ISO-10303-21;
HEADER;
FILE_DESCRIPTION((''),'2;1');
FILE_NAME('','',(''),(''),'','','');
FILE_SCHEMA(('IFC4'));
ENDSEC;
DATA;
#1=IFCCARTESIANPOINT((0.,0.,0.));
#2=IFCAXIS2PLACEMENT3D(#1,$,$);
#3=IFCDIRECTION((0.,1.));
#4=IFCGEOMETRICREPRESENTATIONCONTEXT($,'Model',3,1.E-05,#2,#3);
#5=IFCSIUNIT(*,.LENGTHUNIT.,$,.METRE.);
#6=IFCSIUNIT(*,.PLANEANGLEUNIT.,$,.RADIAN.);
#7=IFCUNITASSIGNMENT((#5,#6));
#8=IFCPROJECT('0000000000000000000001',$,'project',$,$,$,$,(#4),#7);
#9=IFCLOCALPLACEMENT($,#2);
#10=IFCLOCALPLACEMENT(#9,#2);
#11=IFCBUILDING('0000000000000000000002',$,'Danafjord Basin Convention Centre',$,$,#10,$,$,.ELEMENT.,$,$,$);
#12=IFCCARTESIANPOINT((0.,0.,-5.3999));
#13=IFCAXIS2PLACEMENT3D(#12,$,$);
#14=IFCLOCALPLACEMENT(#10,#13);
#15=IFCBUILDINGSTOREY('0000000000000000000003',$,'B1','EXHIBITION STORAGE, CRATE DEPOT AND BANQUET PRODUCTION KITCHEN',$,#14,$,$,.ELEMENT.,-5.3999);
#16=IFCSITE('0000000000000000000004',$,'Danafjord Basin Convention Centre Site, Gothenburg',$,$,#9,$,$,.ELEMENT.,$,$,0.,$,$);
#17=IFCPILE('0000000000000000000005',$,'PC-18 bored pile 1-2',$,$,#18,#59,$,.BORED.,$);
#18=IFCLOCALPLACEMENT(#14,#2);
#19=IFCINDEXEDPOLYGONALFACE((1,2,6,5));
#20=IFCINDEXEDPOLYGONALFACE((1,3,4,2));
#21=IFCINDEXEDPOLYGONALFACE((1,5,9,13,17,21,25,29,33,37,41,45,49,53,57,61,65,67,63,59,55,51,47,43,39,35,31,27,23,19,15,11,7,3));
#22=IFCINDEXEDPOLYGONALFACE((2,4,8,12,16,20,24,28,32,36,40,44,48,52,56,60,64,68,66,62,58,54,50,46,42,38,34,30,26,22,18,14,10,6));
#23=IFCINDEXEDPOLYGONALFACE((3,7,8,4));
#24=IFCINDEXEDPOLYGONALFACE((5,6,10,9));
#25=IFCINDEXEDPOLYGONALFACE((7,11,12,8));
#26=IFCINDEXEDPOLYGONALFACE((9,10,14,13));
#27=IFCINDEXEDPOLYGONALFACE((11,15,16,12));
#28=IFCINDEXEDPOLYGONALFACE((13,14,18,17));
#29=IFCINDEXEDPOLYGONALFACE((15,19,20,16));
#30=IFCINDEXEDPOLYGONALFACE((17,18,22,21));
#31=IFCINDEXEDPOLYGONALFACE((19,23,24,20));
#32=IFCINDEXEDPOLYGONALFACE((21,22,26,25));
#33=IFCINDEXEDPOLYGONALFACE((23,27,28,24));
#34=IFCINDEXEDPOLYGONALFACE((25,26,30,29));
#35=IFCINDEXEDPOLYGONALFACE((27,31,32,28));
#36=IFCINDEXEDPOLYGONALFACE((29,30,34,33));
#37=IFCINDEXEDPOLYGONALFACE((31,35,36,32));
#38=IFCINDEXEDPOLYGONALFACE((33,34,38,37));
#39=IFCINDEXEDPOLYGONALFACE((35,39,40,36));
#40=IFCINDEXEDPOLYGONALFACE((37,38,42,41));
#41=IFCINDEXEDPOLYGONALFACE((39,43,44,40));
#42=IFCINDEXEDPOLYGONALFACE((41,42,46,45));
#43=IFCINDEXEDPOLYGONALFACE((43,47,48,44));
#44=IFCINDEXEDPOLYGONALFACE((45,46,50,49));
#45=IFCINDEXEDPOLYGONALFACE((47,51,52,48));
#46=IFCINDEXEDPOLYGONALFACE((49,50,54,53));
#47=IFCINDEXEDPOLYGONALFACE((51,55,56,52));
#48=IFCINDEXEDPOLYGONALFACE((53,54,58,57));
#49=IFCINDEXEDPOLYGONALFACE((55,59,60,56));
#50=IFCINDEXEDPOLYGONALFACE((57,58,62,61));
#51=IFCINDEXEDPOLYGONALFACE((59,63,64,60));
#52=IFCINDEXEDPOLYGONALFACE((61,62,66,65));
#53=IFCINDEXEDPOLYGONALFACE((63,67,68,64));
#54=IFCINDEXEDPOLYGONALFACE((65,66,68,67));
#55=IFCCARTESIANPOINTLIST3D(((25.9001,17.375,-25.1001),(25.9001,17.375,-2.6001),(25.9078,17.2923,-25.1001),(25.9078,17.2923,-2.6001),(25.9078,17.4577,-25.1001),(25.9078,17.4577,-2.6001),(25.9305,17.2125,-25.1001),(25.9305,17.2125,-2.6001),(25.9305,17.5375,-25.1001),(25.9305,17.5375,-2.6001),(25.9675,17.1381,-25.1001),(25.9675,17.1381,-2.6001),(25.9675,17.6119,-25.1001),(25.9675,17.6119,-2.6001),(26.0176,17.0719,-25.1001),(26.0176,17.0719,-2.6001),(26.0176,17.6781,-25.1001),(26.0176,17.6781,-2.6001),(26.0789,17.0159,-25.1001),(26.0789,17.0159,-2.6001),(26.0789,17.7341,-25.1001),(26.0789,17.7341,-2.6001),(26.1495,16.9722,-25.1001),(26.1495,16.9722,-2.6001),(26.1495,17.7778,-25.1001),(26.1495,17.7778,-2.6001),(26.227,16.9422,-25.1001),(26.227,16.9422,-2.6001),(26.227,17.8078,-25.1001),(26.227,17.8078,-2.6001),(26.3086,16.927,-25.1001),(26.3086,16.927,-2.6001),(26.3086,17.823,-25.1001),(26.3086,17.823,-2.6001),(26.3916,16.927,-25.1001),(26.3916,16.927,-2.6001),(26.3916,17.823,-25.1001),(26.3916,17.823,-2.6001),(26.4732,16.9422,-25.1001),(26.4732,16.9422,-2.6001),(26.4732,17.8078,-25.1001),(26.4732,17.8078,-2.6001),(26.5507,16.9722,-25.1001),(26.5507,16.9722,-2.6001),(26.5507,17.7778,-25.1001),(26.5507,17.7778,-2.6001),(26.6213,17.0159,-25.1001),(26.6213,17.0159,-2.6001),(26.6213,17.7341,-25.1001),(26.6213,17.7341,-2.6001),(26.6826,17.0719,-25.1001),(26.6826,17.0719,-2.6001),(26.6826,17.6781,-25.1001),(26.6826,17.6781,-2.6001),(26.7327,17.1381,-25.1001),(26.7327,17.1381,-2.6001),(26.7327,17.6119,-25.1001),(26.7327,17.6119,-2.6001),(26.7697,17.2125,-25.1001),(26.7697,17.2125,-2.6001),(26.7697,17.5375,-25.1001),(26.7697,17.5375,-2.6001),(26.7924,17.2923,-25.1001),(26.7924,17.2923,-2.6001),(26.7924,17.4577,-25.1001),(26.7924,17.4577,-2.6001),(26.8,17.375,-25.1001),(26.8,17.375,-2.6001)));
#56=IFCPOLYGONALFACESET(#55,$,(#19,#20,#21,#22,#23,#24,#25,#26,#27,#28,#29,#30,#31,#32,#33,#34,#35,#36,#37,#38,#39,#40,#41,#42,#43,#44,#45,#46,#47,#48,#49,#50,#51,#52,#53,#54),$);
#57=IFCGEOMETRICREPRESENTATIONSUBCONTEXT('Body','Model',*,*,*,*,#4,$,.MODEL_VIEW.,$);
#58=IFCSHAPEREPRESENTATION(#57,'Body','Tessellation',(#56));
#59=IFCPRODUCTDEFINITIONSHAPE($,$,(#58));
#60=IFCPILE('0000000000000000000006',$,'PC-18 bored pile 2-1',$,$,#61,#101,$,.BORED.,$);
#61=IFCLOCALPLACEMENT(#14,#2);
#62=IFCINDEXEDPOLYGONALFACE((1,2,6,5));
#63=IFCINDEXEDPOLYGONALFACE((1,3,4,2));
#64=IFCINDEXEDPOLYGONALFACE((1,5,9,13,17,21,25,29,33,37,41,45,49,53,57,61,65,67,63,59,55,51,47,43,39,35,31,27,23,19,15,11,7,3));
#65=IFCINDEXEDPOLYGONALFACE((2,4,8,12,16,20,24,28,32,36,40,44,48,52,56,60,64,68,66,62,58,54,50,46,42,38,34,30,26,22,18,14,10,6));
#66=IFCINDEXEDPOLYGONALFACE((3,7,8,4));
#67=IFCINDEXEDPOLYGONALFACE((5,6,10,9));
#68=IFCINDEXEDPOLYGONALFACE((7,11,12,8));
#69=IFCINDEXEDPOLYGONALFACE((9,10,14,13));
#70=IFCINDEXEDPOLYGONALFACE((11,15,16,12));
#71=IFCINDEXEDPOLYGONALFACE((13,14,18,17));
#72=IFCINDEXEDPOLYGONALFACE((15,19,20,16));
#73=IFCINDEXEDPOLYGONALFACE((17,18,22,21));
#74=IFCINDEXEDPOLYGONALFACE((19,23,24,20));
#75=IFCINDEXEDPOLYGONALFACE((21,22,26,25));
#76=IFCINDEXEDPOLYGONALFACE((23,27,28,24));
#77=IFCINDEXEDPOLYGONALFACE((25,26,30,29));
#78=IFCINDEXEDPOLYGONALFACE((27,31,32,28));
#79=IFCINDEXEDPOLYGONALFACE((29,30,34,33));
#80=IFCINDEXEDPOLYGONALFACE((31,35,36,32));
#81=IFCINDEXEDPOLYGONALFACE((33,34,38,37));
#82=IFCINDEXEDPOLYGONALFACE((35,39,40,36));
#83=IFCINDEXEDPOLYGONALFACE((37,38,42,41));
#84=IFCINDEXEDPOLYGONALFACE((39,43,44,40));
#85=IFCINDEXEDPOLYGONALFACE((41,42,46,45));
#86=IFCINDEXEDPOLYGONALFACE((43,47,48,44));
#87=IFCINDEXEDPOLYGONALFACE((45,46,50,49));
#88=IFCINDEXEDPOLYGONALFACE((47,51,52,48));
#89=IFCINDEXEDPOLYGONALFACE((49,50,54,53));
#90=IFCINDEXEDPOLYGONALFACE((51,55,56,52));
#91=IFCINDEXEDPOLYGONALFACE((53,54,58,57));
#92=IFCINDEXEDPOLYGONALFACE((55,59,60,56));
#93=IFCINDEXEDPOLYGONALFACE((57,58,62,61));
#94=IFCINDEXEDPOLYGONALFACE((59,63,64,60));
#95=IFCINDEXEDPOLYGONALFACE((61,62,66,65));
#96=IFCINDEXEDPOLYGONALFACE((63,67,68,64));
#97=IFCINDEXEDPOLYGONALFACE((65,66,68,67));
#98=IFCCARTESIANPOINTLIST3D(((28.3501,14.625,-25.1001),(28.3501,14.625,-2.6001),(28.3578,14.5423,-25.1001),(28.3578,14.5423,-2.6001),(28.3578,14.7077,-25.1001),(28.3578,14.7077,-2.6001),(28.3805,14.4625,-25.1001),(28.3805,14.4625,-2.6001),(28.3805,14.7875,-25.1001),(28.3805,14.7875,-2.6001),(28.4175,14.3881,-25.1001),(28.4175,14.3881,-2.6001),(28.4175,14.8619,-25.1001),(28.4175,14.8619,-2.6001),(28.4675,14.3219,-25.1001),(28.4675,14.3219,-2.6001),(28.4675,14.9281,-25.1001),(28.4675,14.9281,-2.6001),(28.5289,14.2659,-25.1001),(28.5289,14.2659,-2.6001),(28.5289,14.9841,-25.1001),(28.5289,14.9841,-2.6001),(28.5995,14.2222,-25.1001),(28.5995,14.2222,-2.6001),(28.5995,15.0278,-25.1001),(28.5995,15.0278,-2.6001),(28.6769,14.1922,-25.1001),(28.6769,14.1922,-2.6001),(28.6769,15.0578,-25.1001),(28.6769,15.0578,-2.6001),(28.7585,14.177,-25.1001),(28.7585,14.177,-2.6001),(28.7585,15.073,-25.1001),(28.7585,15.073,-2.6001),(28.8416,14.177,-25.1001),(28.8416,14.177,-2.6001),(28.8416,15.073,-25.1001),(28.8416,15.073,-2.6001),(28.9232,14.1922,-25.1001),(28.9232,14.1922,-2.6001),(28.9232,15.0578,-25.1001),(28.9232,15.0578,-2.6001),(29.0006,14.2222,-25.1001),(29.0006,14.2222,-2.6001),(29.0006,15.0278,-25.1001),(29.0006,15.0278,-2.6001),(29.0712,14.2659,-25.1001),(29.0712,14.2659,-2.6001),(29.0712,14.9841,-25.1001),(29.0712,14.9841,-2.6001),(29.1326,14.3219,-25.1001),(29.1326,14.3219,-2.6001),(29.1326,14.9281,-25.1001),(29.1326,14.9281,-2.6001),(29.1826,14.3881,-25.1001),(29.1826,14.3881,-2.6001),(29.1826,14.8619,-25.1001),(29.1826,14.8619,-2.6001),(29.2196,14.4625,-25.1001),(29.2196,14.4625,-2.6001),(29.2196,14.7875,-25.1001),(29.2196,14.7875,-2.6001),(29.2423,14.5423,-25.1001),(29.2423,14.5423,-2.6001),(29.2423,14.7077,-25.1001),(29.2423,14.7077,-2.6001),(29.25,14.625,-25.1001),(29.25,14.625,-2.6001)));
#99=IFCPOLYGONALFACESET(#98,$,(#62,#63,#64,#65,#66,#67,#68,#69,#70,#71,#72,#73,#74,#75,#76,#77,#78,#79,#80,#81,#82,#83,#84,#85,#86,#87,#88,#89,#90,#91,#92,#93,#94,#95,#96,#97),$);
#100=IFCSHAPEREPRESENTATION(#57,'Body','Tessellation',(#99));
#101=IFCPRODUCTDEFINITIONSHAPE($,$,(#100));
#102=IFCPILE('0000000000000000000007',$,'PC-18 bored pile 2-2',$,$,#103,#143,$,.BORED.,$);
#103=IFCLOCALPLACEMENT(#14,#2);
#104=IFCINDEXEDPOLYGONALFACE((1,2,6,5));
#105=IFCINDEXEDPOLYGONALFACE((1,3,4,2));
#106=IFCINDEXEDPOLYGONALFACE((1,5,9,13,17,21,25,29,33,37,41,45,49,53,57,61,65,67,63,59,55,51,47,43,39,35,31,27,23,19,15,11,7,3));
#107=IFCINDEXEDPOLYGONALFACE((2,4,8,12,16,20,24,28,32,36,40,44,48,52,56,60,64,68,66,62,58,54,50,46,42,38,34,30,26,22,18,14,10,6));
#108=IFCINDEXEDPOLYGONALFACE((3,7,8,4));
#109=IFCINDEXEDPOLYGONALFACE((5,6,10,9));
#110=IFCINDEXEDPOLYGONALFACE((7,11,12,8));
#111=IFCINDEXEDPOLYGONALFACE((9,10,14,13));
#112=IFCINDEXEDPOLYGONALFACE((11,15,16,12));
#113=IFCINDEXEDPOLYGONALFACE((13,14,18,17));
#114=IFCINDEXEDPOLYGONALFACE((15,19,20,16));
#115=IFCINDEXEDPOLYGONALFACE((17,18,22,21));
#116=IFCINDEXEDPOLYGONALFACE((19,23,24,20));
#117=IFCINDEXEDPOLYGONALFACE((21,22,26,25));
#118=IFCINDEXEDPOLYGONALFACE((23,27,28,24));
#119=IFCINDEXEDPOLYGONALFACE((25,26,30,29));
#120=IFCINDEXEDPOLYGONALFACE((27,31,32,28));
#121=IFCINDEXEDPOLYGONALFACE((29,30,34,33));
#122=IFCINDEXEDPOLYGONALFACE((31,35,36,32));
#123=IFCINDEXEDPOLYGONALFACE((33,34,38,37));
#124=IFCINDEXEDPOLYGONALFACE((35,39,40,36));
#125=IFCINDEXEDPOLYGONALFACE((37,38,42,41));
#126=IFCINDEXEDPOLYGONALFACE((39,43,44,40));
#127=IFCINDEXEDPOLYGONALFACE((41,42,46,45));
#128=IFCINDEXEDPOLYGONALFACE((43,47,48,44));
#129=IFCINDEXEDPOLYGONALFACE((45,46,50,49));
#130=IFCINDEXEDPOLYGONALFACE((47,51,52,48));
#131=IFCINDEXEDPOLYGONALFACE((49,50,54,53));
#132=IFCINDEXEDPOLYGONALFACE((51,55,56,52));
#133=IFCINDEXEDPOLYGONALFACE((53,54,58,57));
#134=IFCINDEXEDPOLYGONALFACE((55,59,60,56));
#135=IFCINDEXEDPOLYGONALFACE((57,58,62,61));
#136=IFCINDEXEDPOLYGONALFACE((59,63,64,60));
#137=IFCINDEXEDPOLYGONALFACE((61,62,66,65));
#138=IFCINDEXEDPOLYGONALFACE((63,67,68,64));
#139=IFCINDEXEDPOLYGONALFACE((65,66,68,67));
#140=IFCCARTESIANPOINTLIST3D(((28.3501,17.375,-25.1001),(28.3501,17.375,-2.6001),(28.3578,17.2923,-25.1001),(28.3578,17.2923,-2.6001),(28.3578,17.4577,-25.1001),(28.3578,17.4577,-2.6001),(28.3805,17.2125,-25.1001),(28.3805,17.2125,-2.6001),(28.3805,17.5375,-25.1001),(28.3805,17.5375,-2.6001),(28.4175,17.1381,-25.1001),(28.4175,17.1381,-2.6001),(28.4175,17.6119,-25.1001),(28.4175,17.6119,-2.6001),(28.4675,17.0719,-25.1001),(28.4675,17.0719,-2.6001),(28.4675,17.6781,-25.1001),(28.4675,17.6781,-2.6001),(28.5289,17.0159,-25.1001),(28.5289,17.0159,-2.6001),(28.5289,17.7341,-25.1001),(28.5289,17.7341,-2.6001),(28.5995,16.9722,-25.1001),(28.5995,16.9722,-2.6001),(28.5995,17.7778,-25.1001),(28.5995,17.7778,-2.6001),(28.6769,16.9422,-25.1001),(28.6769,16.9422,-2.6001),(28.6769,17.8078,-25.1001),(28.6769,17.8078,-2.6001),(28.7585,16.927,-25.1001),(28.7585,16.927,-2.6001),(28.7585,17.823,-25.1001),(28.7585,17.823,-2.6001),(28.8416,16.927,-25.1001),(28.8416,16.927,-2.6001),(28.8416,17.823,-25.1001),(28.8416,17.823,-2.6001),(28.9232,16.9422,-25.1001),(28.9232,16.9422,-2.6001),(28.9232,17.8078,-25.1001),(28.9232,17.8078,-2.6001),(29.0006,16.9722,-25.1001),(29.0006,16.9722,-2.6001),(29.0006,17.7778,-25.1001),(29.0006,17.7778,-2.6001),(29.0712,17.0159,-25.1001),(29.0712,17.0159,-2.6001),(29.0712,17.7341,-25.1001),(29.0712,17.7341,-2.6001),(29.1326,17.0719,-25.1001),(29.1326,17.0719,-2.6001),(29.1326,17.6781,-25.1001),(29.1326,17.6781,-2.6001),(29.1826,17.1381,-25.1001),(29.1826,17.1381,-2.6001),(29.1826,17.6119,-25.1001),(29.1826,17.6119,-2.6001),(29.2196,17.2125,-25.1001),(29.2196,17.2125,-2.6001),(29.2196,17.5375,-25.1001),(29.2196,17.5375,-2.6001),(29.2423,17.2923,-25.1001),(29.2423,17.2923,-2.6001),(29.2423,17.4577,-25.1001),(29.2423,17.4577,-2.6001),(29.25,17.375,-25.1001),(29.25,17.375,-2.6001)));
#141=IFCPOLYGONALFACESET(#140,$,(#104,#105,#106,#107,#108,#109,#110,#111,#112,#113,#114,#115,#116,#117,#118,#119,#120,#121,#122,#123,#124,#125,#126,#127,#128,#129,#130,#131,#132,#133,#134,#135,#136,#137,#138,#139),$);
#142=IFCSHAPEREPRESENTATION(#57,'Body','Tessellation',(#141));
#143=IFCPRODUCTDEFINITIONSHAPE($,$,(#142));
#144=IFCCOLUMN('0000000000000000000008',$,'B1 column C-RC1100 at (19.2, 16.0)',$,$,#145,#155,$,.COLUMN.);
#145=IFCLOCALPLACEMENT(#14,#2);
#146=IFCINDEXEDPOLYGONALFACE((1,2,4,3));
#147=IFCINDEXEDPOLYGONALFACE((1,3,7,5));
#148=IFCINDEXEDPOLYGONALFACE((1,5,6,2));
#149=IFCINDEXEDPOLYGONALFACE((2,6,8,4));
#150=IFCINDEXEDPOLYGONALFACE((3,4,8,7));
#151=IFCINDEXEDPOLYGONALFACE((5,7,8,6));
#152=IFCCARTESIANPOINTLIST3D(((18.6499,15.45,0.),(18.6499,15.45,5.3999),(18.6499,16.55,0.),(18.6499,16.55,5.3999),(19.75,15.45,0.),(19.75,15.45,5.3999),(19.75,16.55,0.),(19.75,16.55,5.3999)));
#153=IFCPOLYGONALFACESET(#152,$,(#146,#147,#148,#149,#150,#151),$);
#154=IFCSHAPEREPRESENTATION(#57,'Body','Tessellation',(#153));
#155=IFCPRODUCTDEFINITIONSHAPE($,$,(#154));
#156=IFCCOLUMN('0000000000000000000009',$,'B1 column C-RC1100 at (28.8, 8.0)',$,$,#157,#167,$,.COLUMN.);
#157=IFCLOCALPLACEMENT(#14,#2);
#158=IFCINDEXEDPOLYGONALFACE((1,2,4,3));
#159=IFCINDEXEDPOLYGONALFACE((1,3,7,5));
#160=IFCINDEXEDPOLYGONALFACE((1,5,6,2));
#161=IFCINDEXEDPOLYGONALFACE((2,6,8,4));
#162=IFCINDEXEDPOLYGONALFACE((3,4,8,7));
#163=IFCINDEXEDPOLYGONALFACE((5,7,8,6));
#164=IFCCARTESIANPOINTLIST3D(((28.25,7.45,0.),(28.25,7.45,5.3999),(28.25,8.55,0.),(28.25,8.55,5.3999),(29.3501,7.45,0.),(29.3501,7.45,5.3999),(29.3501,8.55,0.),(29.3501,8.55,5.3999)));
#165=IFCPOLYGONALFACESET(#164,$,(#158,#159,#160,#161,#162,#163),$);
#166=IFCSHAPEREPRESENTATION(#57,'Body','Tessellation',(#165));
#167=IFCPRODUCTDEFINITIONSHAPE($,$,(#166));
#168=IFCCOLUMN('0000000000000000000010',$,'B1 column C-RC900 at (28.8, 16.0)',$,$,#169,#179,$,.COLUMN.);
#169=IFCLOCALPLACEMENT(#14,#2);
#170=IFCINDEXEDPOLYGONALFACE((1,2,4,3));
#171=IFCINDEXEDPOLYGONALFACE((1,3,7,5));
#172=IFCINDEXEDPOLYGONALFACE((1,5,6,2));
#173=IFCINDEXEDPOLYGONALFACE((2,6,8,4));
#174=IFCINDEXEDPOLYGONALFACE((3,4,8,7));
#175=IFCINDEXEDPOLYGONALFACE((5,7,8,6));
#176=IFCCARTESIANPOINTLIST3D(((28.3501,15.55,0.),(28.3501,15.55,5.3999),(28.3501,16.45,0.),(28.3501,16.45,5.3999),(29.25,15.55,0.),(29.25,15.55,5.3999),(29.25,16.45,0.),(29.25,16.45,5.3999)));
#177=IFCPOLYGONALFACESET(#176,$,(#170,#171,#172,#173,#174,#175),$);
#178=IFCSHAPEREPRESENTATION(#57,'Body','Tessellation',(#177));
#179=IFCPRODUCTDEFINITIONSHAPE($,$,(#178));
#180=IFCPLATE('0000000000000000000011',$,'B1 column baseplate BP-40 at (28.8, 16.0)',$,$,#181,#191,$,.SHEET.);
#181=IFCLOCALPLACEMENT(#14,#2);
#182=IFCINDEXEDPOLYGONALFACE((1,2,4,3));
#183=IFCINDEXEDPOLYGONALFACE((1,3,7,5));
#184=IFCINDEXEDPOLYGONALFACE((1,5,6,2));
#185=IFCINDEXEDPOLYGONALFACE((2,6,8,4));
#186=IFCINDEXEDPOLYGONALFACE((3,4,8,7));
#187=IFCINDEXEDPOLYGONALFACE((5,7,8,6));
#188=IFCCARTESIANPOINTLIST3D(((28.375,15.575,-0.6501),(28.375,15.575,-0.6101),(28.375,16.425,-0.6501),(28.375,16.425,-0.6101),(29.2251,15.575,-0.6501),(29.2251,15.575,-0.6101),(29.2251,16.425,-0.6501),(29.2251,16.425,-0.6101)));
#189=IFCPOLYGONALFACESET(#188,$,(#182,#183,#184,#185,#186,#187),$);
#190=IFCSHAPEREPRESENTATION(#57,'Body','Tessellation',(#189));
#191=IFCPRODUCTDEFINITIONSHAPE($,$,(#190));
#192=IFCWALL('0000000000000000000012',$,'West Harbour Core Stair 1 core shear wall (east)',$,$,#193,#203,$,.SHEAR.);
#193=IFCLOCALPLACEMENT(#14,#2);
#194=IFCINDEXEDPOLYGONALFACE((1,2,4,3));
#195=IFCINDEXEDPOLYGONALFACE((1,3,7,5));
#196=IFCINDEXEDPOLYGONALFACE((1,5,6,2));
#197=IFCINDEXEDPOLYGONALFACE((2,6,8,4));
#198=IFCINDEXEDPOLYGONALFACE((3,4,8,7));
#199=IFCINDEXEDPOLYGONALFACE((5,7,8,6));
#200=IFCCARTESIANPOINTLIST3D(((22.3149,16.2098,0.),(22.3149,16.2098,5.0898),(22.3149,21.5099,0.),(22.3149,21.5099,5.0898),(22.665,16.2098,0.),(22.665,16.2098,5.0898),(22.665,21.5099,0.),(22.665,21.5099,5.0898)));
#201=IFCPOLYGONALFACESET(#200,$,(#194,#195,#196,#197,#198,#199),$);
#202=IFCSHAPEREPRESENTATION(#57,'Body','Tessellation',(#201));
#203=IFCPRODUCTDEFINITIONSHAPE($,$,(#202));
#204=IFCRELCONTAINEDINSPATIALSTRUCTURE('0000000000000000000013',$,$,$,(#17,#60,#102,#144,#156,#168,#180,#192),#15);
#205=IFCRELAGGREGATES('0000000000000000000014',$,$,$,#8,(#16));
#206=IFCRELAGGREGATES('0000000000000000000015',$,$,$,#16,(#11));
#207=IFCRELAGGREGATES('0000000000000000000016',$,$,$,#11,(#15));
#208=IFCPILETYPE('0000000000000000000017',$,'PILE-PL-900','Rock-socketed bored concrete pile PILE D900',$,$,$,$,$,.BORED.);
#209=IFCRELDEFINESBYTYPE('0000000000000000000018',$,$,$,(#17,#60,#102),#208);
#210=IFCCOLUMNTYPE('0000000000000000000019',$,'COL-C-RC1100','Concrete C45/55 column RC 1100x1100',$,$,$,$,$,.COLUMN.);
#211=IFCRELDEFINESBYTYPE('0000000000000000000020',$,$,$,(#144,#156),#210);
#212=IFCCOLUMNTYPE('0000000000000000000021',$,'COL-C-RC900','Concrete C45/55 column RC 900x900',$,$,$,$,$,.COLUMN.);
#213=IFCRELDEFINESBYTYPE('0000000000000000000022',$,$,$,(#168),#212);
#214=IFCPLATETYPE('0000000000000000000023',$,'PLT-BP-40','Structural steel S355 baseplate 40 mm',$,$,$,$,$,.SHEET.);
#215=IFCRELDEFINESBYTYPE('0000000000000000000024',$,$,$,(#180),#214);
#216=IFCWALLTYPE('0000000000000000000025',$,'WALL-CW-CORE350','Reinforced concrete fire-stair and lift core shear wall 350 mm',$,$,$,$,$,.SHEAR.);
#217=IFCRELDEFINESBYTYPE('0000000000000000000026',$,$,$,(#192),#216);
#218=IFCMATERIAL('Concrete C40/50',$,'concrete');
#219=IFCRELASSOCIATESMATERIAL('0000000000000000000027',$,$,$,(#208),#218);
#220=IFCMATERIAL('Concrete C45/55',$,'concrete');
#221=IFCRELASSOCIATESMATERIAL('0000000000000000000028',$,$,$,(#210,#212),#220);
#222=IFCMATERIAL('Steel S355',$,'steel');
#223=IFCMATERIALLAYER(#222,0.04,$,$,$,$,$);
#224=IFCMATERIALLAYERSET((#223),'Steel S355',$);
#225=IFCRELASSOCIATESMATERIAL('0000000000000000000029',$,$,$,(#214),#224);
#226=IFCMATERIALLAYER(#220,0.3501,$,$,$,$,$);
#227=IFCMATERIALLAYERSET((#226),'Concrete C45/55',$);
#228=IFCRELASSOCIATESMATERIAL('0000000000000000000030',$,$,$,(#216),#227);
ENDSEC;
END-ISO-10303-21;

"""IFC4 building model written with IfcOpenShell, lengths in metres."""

from ifc_helpers import new_model, si_unit, direction, frame, frame_2d, origin, origin_2d, place, context, subcontext, project, spatial, rectangle, circle, extrude, material, layer, layer_set, material_profile, profile_set, type_object, element, save


model = new_model("IFC4")

# Units and contexts
model_context = context("Model", 3, precision=1e-05, world=origin(), true_north=direction((0.0, 1.0)))
body_context = subcontext(model_context, "Body", "Model", "MODEL_VIEW")
ifc_project = project(units=[si_unit("LENGTHUNIT", "METRE"), si_unit("PLANEANGLEUNIT", "RADIAN")], contexts=[model_context])

# Site, building, storey
site_placement = place(None, origin())
site = spatial("IfcSite", under=ifc_project, at=site_placement, Name="Danafjord Basin Convention Centre Site, Gothenburg", CompositionType="ELEMENT", RefElevation=0.0)
building_placement = place(site_placement, origin())
building = spatial("IfcBuilding", under=site, at=building_placement, Name="Danafjord Basin Convention Centre", CompositionType="ELEMENT")
storey_placement = place(building_placement, frame((0.0, 0.0, -5.3999)))
storey = spatial("IfcBuildingStorey", under=building, at=storey_placement, Name="B1", Description="EXHIBITION STORAGE, CRATE DEPOT AND BANQUET PRODUCTION KITCHEN", CompositionType="ELEMENT", Elevation=-5.3999)

# Shared definitions
ifc_material_1 = material(Name="Concrete C40/50", Category="concrete")

# Piles
ifc_material_profile_1 = material_profile(ifc_material_1, circle(Radius=0.45, at=origin_2d()), Name="PILE D900")
ifc_profile_set_1 = profile_set([ifc_material_profile_1], Name="Concrete C40/50")
pile_type_1 = type_object("IfcPileType", Name="PILE-PL-900", Description="Rock-socketed bored concrete pile PILE D900", PredefinedType="BORED", material=ifc_profile_set_1)
for number, where, z_axis, x_axis, name in (
    (1, (26.3501, 17.375, -2.6001), (0.0, 0.0, -1.0), (1.0, 0.0, 0.0), "PC-18 bored pile 1-2"),
    (2, (28.8, 14.625, -2.6001), (0.0, 0.0, -1.0), (1.0, 0.0, 0.0), "PC-18 bored pile 2-1"),
    (3, (28.8, 17.375, -2.6001), (0.0, 0.0, -1.0), (1.0, 0.0, 0.0), "PC-18 bored pile 2-2"),
):
    element("IfcPile", number, at=place(storey_placement, frame(where, z_axis=z_axis, x_axis=x_axis)), inside=storey, type_object=pile_type_1, Name=name, PredefinedType="BORED", context=body_context, shape_type="SweptSolid", body=[
        extrude(circle(Radius=0.45, at=origin_2d()), origin(), (0.0, 0.0, 1.0), 22.5),
    ])

# Columns
ifc_material_2 = material(Name="Concrete C45/55", Category="concrete")
ifc_material_profile_2 = material_profile(ifc_material_2, rectangle(XDim=1.1001, YDim=1.1001, at=origin_2d()), Name="RC 1100x1100")
ifc_profile_set_2 = profile_set([ifc_material_profile_2], Name="Concrete C45/55")
column_type_1 = type_object("IfcColumnType", Name="COL-C-RC1100", Description="Concrete C45/55 column RC 1100x1100", PredefinedType="COLUMN", material=ifc_profile_set_2)
for number, where, z_axis, x_axis, name in (
    (4, (19.2, 16.0, 0.0), (0.0, 0.0, 1.0), (1.0, 0.0, 0.0), "B1 column C-RC1100 at (19.2, 16.0)"),
    (5, (28.8, 8.0, 0.0), (0.0, 0.0, 1.0), (1.0, 0.0, 0.0), "B1 column C-RC1100 at (28.8, 8.0)"),
):
    element("IfcColumn", number, at=place(storey_placement, frame(where, z_axis=z_axis, x_axis=x_axis)), inside=storey, type_object=column_type_1, Name=name, PredefinedType="COLUMN", context=body_context, shape_type="SweptSolid", body=[
        extrude(rectangle(XDim=1.1001, YDim=1.1001, at=origin_2d()), origin(), (0.0, 0.0, 1.0), 5.3999),
    ])
ifc_material_profile_3 = material_profile(ifc_material_2, rectangle(XDim=0.8999, YDim=0.8999, at=origin_2d()), Name="RC 900x900")
ifc_profile_set_3 = profile_set([ifc_material_profile_3], Name="Concrete C45/55")
column_type_2 = type_object("IfcColumnType", Name="COL-C-RC900", Description="Concrete C45/55 column RC 900x900", PredefinedType="COLUMN", material=ifc_profile_set_3)
column_placement = place(storey_placement, frame((28.8, 16.0, 0.0), z_axis=(0.0, 0.0, 1.0), x_axis=(1.0, 0.0, 0.0)))
element("IfcColumn", 6, at=column_placement, inside=storey, type_object=column_type_2, Name="B1 column C-RC900 at (28.8, 16.0)", PredefinedType="COLUMN", context=body_context, shape_type="SweptSolid", body=[
    extrude(rectangle(XDim=0.8999, YDim=0.8999, at=origin_2d()), origin(), (0.0, 0.0, 1.0), 5.3999),
])

# Plate
ifc_material_3 = material(Name="Steel S355", Category="steel")
ifc_layer_1 = layer(ifc_material_3, 0.04)
ifc_layer_set_1 = layer_set([ifc_layer_1], Name="Steel S355")
plate_type = type_object("IfcPlateType", Name="PLT-BP-40", Description="Structural steel S355 baseplate 40 mm", PredefinedType="SHEET", material=ifc_layer_set_1)
plate_placement = place(storey_placement, frame((28.8, 16.0, -0.6501), z_axis=(0.0, 0.0, 1.0), x_axis=(1.0, 0.0, 0.0)))
element("IfcPlate", 7, at=plate_placement, inside=storey, type_object=plate_type, Name="B1 column baseplate BP-40 at (28.8, 16.0)", PredefinedType="SHEET", context=body_context, shape_type="SweptSolid", body=[
    extrude(rectangle(XDim=0.8501, YDim=0.8501, at=origin_2d()), origin(), (0.0, 0.0, 1.0), 0.04),
])

# Wall
ifc_layer_2 = layer(ifc_material_2, 0.3501)
ifc_layer_set_2 = layer_set([ifc_layer_2], Name="Concrete C45/55")
wall_type = type_object("IfcWallType", Name="WALL-CW-CORE350", Description="Reinforced concrete fire-stair and lift core shear wall 350 mm", PredefinedType="SHEAR", material=ifc_layer_set_2)
wall_1_placement = place(storey_placement, frame((22.49, 16.21, 0.0), z_axis=(0.0, 0.0, 1.0), x_axis=(0.0, 1.0, 0.0)))
element("IfcWall", 8, at=wall_1_placement, inside=storey, type_object=wall_type, Name="West Harbour Core Stair 1 core shear wall (east)", PredefinedType="SHEAR", context=body_context, shape_type="SweptSolid", body=[
    extrude(rectangle(XDim=5.3, YDim=0.3501, at=frame_2d((2.6499, 0.0))), origin(), (0.0, 0.0, 1.0), 5.0898),
])

save(model, "model.ifc")
